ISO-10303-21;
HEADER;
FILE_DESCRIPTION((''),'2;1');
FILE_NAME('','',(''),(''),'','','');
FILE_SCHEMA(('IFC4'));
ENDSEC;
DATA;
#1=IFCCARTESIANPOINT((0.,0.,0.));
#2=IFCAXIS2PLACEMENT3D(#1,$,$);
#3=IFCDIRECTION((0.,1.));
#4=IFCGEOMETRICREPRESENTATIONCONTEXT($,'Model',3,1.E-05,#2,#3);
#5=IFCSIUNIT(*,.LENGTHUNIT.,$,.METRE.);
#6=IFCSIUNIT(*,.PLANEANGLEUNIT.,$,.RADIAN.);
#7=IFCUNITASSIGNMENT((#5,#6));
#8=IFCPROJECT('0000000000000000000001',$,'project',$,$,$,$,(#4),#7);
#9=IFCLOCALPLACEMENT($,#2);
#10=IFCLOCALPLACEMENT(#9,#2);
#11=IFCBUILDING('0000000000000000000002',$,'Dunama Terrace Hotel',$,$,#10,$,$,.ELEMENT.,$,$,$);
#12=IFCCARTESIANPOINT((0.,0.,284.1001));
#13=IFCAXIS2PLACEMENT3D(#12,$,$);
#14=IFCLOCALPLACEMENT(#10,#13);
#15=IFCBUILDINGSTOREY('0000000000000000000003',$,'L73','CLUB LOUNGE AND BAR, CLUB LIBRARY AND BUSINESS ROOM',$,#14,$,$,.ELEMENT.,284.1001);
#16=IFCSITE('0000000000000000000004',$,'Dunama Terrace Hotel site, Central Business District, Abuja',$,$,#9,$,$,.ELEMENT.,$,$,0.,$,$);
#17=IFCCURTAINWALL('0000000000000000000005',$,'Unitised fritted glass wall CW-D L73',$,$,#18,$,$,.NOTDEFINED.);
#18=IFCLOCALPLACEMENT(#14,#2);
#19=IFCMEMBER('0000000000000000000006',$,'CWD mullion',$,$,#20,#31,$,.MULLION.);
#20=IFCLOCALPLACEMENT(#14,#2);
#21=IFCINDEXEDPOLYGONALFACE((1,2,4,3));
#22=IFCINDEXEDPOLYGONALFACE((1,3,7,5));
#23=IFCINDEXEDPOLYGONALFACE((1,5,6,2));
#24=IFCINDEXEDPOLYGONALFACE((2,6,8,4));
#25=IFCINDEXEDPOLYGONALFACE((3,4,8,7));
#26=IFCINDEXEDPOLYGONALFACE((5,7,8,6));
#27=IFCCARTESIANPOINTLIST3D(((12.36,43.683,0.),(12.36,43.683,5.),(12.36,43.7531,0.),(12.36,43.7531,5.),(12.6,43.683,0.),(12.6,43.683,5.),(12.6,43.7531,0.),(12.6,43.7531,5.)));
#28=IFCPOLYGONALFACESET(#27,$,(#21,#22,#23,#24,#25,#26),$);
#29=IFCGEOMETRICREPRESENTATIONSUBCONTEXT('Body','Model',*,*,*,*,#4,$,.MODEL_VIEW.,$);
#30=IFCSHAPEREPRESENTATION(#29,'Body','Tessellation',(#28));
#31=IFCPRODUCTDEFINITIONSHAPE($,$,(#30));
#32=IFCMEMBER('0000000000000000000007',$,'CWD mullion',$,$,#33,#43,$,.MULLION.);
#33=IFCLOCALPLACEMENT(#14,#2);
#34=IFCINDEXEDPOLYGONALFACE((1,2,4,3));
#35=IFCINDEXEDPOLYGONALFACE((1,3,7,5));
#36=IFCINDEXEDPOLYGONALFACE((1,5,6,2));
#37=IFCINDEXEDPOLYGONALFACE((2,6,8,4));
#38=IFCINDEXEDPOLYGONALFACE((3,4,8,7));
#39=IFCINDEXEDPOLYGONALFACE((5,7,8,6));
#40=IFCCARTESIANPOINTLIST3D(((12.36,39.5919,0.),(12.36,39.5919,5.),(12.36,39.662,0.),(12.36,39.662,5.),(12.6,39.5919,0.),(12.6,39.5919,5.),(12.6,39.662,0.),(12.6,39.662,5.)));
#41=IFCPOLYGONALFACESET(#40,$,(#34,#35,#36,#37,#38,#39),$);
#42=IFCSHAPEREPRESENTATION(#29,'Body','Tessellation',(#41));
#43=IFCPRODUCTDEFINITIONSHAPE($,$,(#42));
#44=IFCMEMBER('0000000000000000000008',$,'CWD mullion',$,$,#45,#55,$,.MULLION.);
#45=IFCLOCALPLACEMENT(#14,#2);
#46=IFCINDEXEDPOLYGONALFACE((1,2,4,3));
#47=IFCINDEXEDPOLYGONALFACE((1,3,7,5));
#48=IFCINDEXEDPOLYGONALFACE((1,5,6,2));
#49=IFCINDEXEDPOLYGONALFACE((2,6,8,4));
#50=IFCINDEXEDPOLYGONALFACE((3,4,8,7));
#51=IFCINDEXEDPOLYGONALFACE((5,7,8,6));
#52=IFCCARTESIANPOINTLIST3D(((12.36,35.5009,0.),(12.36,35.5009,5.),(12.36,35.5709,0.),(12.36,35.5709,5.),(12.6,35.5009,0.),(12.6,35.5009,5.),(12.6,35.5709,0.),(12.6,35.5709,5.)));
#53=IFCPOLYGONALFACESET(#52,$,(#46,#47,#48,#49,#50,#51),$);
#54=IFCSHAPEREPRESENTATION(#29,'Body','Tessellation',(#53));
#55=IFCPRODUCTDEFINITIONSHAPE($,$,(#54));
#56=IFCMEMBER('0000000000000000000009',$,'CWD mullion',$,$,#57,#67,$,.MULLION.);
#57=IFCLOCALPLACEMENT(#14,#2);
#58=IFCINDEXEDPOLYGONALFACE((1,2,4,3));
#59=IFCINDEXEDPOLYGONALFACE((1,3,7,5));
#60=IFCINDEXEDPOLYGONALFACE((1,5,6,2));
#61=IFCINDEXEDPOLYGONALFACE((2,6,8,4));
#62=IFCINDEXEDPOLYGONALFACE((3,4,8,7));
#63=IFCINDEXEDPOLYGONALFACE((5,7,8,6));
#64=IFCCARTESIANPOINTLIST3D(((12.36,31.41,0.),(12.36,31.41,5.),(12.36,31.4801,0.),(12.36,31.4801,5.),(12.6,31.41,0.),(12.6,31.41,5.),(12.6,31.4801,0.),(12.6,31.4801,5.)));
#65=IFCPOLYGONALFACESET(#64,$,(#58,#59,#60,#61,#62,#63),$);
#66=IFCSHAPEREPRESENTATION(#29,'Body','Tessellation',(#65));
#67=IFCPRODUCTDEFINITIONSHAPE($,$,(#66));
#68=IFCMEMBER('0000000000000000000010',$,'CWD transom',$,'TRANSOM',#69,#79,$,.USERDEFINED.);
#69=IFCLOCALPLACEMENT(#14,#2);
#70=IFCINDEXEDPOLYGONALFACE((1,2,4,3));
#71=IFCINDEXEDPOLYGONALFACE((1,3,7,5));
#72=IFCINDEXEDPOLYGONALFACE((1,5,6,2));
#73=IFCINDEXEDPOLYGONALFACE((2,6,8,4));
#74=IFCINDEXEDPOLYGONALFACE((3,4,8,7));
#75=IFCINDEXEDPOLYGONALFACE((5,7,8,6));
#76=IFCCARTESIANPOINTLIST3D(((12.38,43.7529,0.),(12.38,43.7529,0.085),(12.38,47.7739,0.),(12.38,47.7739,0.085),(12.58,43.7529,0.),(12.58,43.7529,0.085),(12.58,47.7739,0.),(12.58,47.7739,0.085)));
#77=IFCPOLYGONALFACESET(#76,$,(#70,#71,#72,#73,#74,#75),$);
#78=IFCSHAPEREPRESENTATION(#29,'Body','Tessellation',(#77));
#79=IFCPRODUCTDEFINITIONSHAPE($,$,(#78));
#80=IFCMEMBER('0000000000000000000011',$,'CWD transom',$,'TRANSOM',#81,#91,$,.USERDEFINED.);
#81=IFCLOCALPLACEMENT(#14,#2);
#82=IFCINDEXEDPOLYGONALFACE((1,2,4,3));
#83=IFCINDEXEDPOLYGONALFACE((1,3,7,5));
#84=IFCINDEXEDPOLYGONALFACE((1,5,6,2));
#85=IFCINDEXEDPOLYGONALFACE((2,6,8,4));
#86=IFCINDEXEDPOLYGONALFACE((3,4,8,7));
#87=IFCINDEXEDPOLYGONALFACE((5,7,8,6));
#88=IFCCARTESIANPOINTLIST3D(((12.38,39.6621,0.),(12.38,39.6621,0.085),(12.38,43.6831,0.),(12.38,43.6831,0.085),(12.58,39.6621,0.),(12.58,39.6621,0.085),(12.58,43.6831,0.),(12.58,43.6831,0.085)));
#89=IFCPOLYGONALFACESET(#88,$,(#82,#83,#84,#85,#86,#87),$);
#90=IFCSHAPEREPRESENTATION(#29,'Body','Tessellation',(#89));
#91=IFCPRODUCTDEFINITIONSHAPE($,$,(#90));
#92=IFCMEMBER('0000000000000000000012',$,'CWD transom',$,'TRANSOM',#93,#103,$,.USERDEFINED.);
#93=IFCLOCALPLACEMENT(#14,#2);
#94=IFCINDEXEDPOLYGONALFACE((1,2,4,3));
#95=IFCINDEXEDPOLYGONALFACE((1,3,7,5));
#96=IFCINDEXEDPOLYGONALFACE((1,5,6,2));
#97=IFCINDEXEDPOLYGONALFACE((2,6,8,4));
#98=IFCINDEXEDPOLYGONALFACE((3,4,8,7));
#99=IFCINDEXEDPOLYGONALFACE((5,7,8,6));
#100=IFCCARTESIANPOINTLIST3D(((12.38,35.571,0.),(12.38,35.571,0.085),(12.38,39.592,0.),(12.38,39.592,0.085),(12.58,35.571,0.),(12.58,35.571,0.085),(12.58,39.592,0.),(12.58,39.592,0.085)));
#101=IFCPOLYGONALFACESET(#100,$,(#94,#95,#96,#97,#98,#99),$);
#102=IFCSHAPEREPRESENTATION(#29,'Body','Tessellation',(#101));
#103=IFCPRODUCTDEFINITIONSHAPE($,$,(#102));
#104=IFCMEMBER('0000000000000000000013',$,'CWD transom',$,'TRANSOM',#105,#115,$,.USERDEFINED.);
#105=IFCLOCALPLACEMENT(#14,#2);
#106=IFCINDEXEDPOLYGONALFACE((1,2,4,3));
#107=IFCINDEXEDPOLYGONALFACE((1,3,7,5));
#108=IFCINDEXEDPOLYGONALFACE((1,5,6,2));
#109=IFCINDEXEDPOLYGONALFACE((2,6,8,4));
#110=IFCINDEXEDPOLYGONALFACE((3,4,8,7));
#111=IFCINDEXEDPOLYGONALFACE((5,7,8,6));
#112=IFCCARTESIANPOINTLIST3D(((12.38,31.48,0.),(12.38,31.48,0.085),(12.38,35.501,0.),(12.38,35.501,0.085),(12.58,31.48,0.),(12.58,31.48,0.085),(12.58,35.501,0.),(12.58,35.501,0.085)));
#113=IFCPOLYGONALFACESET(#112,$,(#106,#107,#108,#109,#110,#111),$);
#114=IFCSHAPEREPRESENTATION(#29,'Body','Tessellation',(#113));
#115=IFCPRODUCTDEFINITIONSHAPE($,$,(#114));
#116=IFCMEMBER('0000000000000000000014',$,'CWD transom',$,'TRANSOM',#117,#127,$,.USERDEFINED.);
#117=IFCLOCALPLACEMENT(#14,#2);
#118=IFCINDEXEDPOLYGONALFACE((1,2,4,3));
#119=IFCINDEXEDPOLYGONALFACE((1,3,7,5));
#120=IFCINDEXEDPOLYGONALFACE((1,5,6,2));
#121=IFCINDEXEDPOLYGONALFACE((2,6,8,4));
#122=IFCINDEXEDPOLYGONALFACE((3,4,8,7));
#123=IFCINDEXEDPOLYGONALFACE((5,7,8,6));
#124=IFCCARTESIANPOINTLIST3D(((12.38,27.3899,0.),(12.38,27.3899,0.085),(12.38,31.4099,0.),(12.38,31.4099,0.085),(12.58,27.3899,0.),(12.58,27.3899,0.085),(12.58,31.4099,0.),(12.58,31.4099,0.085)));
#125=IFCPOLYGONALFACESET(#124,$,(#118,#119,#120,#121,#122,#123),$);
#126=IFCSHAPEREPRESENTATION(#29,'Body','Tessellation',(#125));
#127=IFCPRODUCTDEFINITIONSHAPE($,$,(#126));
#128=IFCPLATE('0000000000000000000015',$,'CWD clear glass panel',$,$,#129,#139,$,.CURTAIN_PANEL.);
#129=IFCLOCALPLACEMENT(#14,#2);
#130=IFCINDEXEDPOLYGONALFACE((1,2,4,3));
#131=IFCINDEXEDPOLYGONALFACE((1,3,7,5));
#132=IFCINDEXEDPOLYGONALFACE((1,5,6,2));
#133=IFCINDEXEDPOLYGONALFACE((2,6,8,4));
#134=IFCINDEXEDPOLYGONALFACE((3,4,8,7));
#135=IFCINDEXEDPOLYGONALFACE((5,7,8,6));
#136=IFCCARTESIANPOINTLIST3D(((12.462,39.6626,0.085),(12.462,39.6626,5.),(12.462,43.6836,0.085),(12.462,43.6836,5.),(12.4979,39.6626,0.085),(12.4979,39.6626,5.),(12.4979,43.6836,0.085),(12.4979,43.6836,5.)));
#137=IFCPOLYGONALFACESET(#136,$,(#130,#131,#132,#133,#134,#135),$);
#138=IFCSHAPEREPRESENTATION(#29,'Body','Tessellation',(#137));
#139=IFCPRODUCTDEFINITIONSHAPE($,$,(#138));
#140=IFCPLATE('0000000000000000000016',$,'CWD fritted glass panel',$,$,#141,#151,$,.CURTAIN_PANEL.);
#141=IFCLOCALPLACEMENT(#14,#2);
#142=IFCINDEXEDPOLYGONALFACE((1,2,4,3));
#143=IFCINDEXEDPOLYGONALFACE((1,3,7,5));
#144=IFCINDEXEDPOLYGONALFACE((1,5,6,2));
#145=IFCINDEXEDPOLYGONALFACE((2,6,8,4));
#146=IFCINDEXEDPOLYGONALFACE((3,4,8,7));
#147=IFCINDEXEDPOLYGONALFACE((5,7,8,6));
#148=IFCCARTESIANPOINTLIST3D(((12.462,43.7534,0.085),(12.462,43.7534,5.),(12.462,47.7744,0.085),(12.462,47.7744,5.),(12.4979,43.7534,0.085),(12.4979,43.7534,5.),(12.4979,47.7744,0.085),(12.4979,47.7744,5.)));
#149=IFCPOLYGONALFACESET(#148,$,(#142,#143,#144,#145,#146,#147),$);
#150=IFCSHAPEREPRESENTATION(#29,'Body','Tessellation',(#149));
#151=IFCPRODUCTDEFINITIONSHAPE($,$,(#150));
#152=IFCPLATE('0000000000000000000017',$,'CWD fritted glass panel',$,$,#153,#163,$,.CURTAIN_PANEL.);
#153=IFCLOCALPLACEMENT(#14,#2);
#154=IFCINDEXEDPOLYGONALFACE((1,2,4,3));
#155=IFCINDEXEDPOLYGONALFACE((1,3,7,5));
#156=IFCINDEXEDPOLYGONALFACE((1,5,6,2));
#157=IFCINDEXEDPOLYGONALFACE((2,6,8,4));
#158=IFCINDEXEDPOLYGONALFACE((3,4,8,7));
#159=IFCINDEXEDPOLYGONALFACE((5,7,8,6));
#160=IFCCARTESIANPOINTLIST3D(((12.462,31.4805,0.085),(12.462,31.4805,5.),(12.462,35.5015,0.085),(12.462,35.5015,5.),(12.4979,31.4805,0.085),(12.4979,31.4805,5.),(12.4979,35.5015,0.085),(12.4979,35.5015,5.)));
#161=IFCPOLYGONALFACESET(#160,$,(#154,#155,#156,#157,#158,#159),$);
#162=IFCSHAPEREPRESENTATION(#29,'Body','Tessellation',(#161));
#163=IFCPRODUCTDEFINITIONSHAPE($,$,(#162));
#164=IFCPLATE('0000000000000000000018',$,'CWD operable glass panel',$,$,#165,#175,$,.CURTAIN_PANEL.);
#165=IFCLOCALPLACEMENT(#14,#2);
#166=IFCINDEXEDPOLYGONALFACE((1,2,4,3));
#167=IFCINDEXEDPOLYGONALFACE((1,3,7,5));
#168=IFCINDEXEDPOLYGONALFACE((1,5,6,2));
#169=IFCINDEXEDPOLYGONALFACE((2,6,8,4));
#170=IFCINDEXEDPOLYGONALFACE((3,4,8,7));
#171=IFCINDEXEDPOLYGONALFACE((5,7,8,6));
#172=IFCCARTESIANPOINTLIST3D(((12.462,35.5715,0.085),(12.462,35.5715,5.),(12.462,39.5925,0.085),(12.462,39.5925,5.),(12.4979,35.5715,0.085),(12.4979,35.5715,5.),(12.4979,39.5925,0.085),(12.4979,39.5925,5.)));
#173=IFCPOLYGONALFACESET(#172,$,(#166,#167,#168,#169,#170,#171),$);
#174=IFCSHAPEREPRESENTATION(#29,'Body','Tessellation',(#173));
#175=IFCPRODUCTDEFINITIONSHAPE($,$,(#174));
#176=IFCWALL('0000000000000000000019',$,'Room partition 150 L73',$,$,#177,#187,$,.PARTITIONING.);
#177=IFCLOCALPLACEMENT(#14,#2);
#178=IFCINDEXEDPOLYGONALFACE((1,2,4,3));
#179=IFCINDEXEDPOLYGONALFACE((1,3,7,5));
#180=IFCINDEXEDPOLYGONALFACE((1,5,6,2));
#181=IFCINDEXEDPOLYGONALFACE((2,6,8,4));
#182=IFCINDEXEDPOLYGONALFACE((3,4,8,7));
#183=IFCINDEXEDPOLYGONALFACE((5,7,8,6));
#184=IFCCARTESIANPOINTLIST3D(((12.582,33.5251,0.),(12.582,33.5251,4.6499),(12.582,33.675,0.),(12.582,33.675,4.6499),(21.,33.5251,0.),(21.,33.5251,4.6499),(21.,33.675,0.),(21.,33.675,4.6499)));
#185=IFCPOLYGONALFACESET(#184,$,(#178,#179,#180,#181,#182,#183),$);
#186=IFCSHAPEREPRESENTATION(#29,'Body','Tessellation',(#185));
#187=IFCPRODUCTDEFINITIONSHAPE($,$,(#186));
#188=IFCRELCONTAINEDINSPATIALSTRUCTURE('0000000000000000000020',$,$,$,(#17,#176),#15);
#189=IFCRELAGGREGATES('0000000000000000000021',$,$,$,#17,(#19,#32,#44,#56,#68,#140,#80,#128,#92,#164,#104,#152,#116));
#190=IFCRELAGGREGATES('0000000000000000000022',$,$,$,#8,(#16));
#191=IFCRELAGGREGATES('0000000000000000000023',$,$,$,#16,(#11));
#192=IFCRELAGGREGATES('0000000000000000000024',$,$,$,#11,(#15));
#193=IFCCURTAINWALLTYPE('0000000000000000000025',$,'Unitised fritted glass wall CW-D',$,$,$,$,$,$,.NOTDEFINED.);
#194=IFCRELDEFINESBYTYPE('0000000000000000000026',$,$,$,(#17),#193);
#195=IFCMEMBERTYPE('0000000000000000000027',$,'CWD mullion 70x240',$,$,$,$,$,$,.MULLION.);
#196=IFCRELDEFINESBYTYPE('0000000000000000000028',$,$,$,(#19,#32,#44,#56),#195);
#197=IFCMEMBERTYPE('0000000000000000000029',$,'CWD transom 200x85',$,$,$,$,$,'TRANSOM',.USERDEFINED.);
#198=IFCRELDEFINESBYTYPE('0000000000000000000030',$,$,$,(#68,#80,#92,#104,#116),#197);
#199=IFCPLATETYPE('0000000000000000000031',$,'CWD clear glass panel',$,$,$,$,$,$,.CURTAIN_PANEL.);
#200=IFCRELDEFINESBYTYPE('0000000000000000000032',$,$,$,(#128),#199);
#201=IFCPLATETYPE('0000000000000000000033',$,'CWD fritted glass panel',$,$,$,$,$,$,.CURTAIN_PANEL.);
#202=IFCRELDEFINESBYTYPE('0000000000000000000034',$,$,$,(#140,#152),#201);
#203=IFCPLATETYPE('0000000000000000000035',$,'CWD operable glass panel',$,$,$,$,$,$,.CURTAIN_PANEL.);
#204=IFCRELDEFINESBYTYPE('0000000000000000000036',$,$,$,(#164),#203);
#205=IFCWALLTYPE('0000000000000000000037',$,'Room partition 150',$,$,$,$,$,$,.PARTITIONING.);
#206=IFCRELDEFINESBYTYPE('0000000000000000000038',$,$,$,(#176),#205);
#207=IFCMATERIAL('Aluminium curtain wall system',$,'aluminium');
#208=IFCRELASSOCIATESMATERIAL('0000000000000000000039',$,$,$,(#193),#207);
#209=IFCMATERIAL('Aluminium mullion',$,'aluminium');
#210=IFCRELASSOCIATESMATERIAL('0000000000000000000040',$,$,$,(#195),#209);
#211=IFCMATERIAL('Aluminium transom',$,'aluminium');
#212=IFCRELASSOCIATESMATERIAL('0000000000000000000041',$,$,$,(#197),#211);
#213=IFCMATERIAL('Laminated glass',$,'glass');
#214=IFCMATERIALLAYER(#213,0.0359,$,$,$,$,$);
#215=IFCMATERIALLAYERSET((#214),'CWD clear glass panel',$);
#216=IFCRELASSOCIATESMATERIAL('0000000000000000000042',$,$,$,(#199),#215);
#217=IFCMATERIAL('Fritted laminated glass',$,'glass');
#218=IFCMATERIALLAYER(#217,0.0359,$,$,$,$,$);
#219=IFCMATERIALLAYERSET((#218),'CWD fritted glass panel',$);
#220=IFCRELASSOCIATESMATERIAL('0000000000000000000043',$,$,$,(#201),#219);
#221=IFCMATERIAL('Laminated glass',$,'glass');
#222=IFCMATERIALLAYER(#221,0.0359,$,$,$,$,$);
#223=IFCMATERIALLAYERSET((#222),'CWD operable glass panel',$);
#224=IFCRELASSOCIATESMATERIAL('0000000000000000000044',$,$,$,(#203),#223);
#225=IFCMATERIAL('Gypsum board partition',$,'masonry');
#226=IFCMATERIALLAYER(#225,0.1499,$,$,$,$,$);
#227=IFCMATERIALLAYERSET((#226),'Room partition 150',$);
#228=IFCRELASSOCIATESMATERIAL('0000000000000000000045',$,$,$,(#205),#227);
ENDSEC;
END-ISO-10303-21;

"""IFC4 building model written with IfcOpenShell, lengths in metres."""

from ifc_helpers import new_model, si_unit, direction, frame, frame_2d, origin, origin_2d, place, context, subcontext, project, spatial, rectangle, extrude, material, layer, layer_set, material_profile, profile_set, type_object, element, aggregate, save


model = new_model("IFC4")

# Units and contexts
model_context = context("Model", 3, precision=1e-05, world=origin(), true_north=direction((0.0, 1.0)))
body_context = subcontext(model_context, "Body", "Model", "MODEL_VIEW")
ifc_project = project(units=[si_unit("LENGTHUNIT", "METRE"), si_unit("PLANEANGLEUNIT", "RADIAN")], contexts=[model_context])

# Site, building, storey
site_placement = place(None, origin())
site = spatial("IfcSite", under=ifc_project, at=site_placement, Name="Dunama Terrace Hotel site, Central Business District, Abuja", CompositionType="ELEMENT", RefElevation=0.0)
building_placement = place(site_placement, origin())
building = spatial("IfcBuilding", under=site, at=building_placement, Name="Dunama Terrace Hotel", CompositionType="ELEMENT")
storey_placement = place(building_placement, frame((0.0, 0.0, 284.1001)))
storey = spatial("IfcBuildingStorey", under=building, at=storey_placement, Name="L73", Description="CLUB LOUNGE AND BAR, CLUB LIBRARY AND BUSINESS ROOM", CompositionType="ELEMENT", Elevation=284.1001)

# Curtain wall, members, plates
ifc_material_1 = material(Name="Aluminium curtain wall system", Category="aluminium")
curtain_wall_type = type_object("IfcCurtainWallType", Name="Unitised fritted glass wall CW-D", PredefinedType="NOTDEFINED", material=ifc_material_1)
curtain_wall_placement = place(storey_placement, origin())
curtain_wall = element("IfcCurtainWall", 1, at=curtain_wall_placement, inside=storey, type_object=curtain_wall_type, Name="Unitised fritted glass wall CW-D L73", PredefinedType="NOTDEFINED")
ifc_material_2 = material(Name="Aluminium mullion", Category="aluminium")
ifc_material_profile_1 = material_profile(ifc_material_2, rectangle(XDim=0.0701, YDim=0.24, at=origin_2d()), Name="CWD MULLION 70X240")
ifc_profile_set_1 = profile_set([ifc_material_profile_1], Name="Aluminium mullion")
member_type_1 = type_object("IfcMemberType", Name="CWD mullion 70x240", PredefinedType="MULLION", material=ifc_profile_set_1)
member_1_placement = place(storey_placement, frame((12.48, 43.718, 0.0), z_axis=(0.0, 0.0, 1.0), x_axis=(0.0, -1.0, 0.0)))
member_1 = element("IfcMember", 2, at=member_1_placement, type_object=member_type_1, Name="CWD mullion", PredefinedType="MULLION", context=body_context, shape_type="SweptSolid", body=[
    extrude(rectangle(XDim=0.0701, YDim=0.24, at=origin_2d()), origin(), (0.0, 0.0, 1.0), 5.0),
])
member_2_placement = place(storey_placement, frame((12.48, 39.627, 0.0), z_axis=(0.0, 0.0, 1.0), x_axis=(0.0, -1.0, 0.0)))
member_2 = element("IfcMember", 3, at=member_2_placement, type_object=member_type_1, Name="CWD mullion", PredefinedType="MULLION", context=body_context, shape_type="SweptSolid", body=[
    extrude(rectangle(XDim=0.0701, YDim=0.24, at=origin_2d()), origin(), (0.0, 0.0, 1.0), 5.0),
])
member_3_placement = place(storey_placement, frame((12.48, 35.5359, 0.0), z_axis=(0.0, 0.0, 1.0), x_axis=(0.0, -1.0, 0.0)))
member_3 = element("IfcMember", 4, at=member_3_placement, type_object=member_type_1, Name="CWD mullion", PredefinedType="MULLION", context=body_context, shape_type="SweptSolid", body=[
    extrude(rectangle(XDim=0.0701, YDim=0.24, at=origin_2d()), origin(), (0.0, 0.0, 1.0), 5.0),
])
member_4_placement = place(storey_placement, frame((12.48, 31.4451, 0.0), z_axis=(0.0, 0.0, 1.0), x_axis=(0.0, -1.0, 0.0)))
member_4 = element("IfcMember", 5, at=member_4_placement, type_object=member_type_1, Name="CWD mullion", PredefinedType="MULLION", context=body_context, shape_type="SweptSolid", body=[
    extrude(rectangle(XDim=0.0701, YDim=0.24, at=origin_2d()), origin(), (0.0, 0.0, 1.0), 5.0),
])
ifc_material_3 = material(Name="Aluminium transom", Category="aluminium")
ifc_material_profile_2 = material_profile(ifc_material_3, rectangle(XDim=0.2, YDim=0.085, at=origin_2d()), Name="CWD TRANSOM 200X85")
ifc_profile_set_2 = profile_set([ifc_material_profile_2], Name="Aluminium transom")
member_type_2 = type_object("IfcMemberType", Name="CWD transom 200x85", ElementType="TRANSOM", PredefinedType="USERDEFINED", material=ifc_profile_set_2)
member_5_placement = place(storey_placement, frame((12.48, 47.7739, 0.0425), z_axis=(0.0, -1.0, 0.0), x_axis=(1.0, 0.0, 0.0)))
member_5 = element("IfcMember", 6, at=member_5_placement, type_object=member_type_2, Name="CWD transom", ObjectType="TRANSOM", PredefinedType="USERDEFINED", context=body_context, shape_type="SweptSolid", body=[
    extrude(rectangle(XDim=0.2, YDim=0.085, at=origin_2d()), origin(), (0.0, 0.0, 1.0), 4.021),
])
member_6_placement = place(storey_placement, frame((12.48, 43.6831, 0.0425), z_axis=(0.0, -1.0, 0.0), x_axis=(1.0, 0.0, 0.0)))
member_6 = element("IfcMember", 7, at=member_6_placement, type_object=member_type_2, Name="CWD transom", ObjectType="TRANSOM", PredefinedType="USERDEFINED", context=body_context, shape_type="SweptSolid", body=[
    extrude(rectangle(XDim=0.2, YDim=0.085, at=origin_2d()), origin(), (0.0, 0.0, 1.0), 4.021),
])
member_7_placement = place(storey_placement, frame((12.48, 39.592, 0.0425), z_axis=(0.0, -1.0, 0.0), x_axis=(1.0, 0.0, 0.0)))
member_7 = element("IfcMember", 8, at=member_7_placement, type_object=member_type_2, Name="CWD transom", ObjectType="TRANSOM", PredefinedType="USERDEFINED", context=body_context, shape_type="SweptSolid", body=[
    extrude(rectangle(XDim=0.2, YDim=0.085, at=origin_2d()), origin(), (0.0, 0.0, 1.0), 4.021),
])
member_8_placement = place(storey_placement, frame((12.48, 35.501, 0.0425), z_axis=(0.0, -1.0, 0.0), x_axis=(1.0, 0.0, 0.0)))
member_8 = element("IfcMember", 9, at=member_8_placement, type_object=member_type_2, Name="CWD transom", ObjectType="TRANSOM", PredefinedType="USERDEFINED", context=body_context, shape_type="SweptSolid", body=[
    extrude(rectangle(XDim=0.2, YDim=0.085, at=origin_2d()), origin(), (0.0, 0.0, 1.0), 4.021),
])
member_9_placement = place(storey_placement, frame((12.48, 31.4099, 0.0425), z_axis=(0.0, -1.0, 0.0), x_axis=(1.0, 0.0, 0.0)))
member_9 = element("IfcMember", 10, at=member_9_placement, type_object=member_type_2, Name="CWD transom", ObjectType="TRANSOM", PredefinedType="USERDEFINED", context=body_context, shape_type="SweptSolid", body=[
    extrude(rectangle(XDim=0.2, YDim=0.085, at=origin_2d()), origin(), (0.0, 0.0, 1.0), 4.02),
])
ifc_material_4 = material(Name="Laminated glass", Category="glass")
ifc_layer_1 = layer(ifc_material_4, 0.0359)
ifc_layer_set_1 = layer_set([ifc_layer_1], Name="CWD clear glass panel")
plate_type_1 = type_object("IfcPlateType", Name="CWD clear glass panel", PredefinedType="CURTAIN_PANEL", material=ifc_layer_set_1)
plate_1_placement = place(storey_placement, frame((12.48, 41.6731, 0.085), z_axis=(0.0, 0.0, 1.0), x_axis=(0.0, -1.0, 0.0)))
plate_1 = element("IfcPlate", 11, at=plate_1_placement, type_object=plate_type_1, Name="CWD clear glass panel", PredefinedType="CURTAIN_PANEL", context=body_context, shape_type="SweptSolid", body=[
    extrude(rectangle(XDim=4.021, YDim=0.0359, at=origin_2d()), origin(), (0.0, 0.0, 1.0), 4.915),
])
ifc_material_5 = material(Name="Fritted laminated glass", Category="glass")
ifc_layer_2 = layer(ifc_material_5, 0.0359)
ifc_layer_set_2 = layer_set([ifc_layer_2], Name="CWD fritted glass panel")
plate_type_2 = type_object("IfcPlateType", Name="CWD fritted glass panel", PredefinedType="CURTAIN_PANEL", material=ifc_layer_set_2)
plate_2_placement = place(storey_placement, frame((12.48, 45.7639, 0.085), z_axis=(0.0, 0.0, 1.0), x_axis=(0.0, -1.0, 0.0)))
plate_2 = element("IfcPlate", 12, at=plate_2_placement, type_object=plate_type_2, Name="CWD fritted glass panel", PredefinedType="CURTAIN_PANEL", context=body_context, shape_type="SweptSolid", body=[
    extrude(rectangle(XDim=4.021, YDim=0.0359, at=origin_2d()), origin(), (0.0, 0.0, 1.0), 4.915),
])
plate_3_placement = place(storey_placement, frame((12.48, 33.491, 0.085), z_axis=(0.0, 0.0, 1.0), x_axis=(0.0, -1.0, 0.0)))
plate_3 = element("IfcPlate", 13, at=plate_3_placement, type_object=plate_type_2, Name="CWD fritted glass panel", PredefinedType="CURTAIN_PANEL", context=body_context, shape_type="SweptSolid", body=[
    extrude(rectangle(XDim=4.021, YDim=0.0359, at=origin_2d()), origin(), (0.0, 0.0, 1.0), 4.915),
])
ifc_material_6 = material(Name="Laminated glass", Category="glass")
ifc_layer_3 = layer(ifc_material_6, 0.0359)
ifc_layer_set_3 = layer_set([ifc_layer_3], Name="CWD operable glass panel")
plate_type_3 = type_object("IfcPlateType", Name="CWD operable glass panel", PredefinedType="CURTAIN_PANEL", material=ifc_layer_set_3)
plate_4_placement = place(storey_placement, frame((12.48, 37.582, 0.085), z_axis=(0.0, 0.0, 1.0), x_axis=(0.0, -1.0, 0.0)))
plate_4 = element("IfcPlate", 14, at=plate_4_placement, type_object=plate_type_3, Name="CWD operable glass panel", PredefinedType="CURTAIN_PANEL", context=body_context, shape_type="SweptSolid", body=[
    extrude(rectangle(XDim=4.021, YDim=0.0359, at=origin_2d()), origin(), (0.0, 0.0, 1.0), 4.915),
])
aggregate(curtain_wall, [member_1, member_2, member_3, member_4, member_5, plate_2, member_6, plate_1, member_7, plate_4, member_8, plate_3, member_9])

# Wall
ifc_material_7 = material(Name="Gypsum board partition", Category="masonry")
ifc_layer_4 = layer(ifc_material_7, 0.1499)
ifc_layer_set_4 = layer_set([ifc_layer_4], Name="Room partition 150")
wall_type = type_object("IfcWallType", Name="Room partition 150", PredefinedType="PARTITIONING", material=ifc_layer_set_4)
wall_placement = place(storey_placement, frame((12.582, 33.6001, 0.0), z_axis=(0.0, 0.0, 1.0), x_axis=(1.0, 0.0, 0.0)))
element("IfcWall", 15, at=wall_placement, inside=storey, type_object=wall_type, Name="Room partition 150 L73", PredefinedType="PARTITIONING", context=body_context, shape_type="SweptSolid", body=[
    extrude(rectangle(XDim=8.418, YDim=0.1499, at=frame_2d((4.209, 0.0))), origin(), (0.0, 0.0, 1.0), 4.6499),
])

save(model, "model.ifc")
